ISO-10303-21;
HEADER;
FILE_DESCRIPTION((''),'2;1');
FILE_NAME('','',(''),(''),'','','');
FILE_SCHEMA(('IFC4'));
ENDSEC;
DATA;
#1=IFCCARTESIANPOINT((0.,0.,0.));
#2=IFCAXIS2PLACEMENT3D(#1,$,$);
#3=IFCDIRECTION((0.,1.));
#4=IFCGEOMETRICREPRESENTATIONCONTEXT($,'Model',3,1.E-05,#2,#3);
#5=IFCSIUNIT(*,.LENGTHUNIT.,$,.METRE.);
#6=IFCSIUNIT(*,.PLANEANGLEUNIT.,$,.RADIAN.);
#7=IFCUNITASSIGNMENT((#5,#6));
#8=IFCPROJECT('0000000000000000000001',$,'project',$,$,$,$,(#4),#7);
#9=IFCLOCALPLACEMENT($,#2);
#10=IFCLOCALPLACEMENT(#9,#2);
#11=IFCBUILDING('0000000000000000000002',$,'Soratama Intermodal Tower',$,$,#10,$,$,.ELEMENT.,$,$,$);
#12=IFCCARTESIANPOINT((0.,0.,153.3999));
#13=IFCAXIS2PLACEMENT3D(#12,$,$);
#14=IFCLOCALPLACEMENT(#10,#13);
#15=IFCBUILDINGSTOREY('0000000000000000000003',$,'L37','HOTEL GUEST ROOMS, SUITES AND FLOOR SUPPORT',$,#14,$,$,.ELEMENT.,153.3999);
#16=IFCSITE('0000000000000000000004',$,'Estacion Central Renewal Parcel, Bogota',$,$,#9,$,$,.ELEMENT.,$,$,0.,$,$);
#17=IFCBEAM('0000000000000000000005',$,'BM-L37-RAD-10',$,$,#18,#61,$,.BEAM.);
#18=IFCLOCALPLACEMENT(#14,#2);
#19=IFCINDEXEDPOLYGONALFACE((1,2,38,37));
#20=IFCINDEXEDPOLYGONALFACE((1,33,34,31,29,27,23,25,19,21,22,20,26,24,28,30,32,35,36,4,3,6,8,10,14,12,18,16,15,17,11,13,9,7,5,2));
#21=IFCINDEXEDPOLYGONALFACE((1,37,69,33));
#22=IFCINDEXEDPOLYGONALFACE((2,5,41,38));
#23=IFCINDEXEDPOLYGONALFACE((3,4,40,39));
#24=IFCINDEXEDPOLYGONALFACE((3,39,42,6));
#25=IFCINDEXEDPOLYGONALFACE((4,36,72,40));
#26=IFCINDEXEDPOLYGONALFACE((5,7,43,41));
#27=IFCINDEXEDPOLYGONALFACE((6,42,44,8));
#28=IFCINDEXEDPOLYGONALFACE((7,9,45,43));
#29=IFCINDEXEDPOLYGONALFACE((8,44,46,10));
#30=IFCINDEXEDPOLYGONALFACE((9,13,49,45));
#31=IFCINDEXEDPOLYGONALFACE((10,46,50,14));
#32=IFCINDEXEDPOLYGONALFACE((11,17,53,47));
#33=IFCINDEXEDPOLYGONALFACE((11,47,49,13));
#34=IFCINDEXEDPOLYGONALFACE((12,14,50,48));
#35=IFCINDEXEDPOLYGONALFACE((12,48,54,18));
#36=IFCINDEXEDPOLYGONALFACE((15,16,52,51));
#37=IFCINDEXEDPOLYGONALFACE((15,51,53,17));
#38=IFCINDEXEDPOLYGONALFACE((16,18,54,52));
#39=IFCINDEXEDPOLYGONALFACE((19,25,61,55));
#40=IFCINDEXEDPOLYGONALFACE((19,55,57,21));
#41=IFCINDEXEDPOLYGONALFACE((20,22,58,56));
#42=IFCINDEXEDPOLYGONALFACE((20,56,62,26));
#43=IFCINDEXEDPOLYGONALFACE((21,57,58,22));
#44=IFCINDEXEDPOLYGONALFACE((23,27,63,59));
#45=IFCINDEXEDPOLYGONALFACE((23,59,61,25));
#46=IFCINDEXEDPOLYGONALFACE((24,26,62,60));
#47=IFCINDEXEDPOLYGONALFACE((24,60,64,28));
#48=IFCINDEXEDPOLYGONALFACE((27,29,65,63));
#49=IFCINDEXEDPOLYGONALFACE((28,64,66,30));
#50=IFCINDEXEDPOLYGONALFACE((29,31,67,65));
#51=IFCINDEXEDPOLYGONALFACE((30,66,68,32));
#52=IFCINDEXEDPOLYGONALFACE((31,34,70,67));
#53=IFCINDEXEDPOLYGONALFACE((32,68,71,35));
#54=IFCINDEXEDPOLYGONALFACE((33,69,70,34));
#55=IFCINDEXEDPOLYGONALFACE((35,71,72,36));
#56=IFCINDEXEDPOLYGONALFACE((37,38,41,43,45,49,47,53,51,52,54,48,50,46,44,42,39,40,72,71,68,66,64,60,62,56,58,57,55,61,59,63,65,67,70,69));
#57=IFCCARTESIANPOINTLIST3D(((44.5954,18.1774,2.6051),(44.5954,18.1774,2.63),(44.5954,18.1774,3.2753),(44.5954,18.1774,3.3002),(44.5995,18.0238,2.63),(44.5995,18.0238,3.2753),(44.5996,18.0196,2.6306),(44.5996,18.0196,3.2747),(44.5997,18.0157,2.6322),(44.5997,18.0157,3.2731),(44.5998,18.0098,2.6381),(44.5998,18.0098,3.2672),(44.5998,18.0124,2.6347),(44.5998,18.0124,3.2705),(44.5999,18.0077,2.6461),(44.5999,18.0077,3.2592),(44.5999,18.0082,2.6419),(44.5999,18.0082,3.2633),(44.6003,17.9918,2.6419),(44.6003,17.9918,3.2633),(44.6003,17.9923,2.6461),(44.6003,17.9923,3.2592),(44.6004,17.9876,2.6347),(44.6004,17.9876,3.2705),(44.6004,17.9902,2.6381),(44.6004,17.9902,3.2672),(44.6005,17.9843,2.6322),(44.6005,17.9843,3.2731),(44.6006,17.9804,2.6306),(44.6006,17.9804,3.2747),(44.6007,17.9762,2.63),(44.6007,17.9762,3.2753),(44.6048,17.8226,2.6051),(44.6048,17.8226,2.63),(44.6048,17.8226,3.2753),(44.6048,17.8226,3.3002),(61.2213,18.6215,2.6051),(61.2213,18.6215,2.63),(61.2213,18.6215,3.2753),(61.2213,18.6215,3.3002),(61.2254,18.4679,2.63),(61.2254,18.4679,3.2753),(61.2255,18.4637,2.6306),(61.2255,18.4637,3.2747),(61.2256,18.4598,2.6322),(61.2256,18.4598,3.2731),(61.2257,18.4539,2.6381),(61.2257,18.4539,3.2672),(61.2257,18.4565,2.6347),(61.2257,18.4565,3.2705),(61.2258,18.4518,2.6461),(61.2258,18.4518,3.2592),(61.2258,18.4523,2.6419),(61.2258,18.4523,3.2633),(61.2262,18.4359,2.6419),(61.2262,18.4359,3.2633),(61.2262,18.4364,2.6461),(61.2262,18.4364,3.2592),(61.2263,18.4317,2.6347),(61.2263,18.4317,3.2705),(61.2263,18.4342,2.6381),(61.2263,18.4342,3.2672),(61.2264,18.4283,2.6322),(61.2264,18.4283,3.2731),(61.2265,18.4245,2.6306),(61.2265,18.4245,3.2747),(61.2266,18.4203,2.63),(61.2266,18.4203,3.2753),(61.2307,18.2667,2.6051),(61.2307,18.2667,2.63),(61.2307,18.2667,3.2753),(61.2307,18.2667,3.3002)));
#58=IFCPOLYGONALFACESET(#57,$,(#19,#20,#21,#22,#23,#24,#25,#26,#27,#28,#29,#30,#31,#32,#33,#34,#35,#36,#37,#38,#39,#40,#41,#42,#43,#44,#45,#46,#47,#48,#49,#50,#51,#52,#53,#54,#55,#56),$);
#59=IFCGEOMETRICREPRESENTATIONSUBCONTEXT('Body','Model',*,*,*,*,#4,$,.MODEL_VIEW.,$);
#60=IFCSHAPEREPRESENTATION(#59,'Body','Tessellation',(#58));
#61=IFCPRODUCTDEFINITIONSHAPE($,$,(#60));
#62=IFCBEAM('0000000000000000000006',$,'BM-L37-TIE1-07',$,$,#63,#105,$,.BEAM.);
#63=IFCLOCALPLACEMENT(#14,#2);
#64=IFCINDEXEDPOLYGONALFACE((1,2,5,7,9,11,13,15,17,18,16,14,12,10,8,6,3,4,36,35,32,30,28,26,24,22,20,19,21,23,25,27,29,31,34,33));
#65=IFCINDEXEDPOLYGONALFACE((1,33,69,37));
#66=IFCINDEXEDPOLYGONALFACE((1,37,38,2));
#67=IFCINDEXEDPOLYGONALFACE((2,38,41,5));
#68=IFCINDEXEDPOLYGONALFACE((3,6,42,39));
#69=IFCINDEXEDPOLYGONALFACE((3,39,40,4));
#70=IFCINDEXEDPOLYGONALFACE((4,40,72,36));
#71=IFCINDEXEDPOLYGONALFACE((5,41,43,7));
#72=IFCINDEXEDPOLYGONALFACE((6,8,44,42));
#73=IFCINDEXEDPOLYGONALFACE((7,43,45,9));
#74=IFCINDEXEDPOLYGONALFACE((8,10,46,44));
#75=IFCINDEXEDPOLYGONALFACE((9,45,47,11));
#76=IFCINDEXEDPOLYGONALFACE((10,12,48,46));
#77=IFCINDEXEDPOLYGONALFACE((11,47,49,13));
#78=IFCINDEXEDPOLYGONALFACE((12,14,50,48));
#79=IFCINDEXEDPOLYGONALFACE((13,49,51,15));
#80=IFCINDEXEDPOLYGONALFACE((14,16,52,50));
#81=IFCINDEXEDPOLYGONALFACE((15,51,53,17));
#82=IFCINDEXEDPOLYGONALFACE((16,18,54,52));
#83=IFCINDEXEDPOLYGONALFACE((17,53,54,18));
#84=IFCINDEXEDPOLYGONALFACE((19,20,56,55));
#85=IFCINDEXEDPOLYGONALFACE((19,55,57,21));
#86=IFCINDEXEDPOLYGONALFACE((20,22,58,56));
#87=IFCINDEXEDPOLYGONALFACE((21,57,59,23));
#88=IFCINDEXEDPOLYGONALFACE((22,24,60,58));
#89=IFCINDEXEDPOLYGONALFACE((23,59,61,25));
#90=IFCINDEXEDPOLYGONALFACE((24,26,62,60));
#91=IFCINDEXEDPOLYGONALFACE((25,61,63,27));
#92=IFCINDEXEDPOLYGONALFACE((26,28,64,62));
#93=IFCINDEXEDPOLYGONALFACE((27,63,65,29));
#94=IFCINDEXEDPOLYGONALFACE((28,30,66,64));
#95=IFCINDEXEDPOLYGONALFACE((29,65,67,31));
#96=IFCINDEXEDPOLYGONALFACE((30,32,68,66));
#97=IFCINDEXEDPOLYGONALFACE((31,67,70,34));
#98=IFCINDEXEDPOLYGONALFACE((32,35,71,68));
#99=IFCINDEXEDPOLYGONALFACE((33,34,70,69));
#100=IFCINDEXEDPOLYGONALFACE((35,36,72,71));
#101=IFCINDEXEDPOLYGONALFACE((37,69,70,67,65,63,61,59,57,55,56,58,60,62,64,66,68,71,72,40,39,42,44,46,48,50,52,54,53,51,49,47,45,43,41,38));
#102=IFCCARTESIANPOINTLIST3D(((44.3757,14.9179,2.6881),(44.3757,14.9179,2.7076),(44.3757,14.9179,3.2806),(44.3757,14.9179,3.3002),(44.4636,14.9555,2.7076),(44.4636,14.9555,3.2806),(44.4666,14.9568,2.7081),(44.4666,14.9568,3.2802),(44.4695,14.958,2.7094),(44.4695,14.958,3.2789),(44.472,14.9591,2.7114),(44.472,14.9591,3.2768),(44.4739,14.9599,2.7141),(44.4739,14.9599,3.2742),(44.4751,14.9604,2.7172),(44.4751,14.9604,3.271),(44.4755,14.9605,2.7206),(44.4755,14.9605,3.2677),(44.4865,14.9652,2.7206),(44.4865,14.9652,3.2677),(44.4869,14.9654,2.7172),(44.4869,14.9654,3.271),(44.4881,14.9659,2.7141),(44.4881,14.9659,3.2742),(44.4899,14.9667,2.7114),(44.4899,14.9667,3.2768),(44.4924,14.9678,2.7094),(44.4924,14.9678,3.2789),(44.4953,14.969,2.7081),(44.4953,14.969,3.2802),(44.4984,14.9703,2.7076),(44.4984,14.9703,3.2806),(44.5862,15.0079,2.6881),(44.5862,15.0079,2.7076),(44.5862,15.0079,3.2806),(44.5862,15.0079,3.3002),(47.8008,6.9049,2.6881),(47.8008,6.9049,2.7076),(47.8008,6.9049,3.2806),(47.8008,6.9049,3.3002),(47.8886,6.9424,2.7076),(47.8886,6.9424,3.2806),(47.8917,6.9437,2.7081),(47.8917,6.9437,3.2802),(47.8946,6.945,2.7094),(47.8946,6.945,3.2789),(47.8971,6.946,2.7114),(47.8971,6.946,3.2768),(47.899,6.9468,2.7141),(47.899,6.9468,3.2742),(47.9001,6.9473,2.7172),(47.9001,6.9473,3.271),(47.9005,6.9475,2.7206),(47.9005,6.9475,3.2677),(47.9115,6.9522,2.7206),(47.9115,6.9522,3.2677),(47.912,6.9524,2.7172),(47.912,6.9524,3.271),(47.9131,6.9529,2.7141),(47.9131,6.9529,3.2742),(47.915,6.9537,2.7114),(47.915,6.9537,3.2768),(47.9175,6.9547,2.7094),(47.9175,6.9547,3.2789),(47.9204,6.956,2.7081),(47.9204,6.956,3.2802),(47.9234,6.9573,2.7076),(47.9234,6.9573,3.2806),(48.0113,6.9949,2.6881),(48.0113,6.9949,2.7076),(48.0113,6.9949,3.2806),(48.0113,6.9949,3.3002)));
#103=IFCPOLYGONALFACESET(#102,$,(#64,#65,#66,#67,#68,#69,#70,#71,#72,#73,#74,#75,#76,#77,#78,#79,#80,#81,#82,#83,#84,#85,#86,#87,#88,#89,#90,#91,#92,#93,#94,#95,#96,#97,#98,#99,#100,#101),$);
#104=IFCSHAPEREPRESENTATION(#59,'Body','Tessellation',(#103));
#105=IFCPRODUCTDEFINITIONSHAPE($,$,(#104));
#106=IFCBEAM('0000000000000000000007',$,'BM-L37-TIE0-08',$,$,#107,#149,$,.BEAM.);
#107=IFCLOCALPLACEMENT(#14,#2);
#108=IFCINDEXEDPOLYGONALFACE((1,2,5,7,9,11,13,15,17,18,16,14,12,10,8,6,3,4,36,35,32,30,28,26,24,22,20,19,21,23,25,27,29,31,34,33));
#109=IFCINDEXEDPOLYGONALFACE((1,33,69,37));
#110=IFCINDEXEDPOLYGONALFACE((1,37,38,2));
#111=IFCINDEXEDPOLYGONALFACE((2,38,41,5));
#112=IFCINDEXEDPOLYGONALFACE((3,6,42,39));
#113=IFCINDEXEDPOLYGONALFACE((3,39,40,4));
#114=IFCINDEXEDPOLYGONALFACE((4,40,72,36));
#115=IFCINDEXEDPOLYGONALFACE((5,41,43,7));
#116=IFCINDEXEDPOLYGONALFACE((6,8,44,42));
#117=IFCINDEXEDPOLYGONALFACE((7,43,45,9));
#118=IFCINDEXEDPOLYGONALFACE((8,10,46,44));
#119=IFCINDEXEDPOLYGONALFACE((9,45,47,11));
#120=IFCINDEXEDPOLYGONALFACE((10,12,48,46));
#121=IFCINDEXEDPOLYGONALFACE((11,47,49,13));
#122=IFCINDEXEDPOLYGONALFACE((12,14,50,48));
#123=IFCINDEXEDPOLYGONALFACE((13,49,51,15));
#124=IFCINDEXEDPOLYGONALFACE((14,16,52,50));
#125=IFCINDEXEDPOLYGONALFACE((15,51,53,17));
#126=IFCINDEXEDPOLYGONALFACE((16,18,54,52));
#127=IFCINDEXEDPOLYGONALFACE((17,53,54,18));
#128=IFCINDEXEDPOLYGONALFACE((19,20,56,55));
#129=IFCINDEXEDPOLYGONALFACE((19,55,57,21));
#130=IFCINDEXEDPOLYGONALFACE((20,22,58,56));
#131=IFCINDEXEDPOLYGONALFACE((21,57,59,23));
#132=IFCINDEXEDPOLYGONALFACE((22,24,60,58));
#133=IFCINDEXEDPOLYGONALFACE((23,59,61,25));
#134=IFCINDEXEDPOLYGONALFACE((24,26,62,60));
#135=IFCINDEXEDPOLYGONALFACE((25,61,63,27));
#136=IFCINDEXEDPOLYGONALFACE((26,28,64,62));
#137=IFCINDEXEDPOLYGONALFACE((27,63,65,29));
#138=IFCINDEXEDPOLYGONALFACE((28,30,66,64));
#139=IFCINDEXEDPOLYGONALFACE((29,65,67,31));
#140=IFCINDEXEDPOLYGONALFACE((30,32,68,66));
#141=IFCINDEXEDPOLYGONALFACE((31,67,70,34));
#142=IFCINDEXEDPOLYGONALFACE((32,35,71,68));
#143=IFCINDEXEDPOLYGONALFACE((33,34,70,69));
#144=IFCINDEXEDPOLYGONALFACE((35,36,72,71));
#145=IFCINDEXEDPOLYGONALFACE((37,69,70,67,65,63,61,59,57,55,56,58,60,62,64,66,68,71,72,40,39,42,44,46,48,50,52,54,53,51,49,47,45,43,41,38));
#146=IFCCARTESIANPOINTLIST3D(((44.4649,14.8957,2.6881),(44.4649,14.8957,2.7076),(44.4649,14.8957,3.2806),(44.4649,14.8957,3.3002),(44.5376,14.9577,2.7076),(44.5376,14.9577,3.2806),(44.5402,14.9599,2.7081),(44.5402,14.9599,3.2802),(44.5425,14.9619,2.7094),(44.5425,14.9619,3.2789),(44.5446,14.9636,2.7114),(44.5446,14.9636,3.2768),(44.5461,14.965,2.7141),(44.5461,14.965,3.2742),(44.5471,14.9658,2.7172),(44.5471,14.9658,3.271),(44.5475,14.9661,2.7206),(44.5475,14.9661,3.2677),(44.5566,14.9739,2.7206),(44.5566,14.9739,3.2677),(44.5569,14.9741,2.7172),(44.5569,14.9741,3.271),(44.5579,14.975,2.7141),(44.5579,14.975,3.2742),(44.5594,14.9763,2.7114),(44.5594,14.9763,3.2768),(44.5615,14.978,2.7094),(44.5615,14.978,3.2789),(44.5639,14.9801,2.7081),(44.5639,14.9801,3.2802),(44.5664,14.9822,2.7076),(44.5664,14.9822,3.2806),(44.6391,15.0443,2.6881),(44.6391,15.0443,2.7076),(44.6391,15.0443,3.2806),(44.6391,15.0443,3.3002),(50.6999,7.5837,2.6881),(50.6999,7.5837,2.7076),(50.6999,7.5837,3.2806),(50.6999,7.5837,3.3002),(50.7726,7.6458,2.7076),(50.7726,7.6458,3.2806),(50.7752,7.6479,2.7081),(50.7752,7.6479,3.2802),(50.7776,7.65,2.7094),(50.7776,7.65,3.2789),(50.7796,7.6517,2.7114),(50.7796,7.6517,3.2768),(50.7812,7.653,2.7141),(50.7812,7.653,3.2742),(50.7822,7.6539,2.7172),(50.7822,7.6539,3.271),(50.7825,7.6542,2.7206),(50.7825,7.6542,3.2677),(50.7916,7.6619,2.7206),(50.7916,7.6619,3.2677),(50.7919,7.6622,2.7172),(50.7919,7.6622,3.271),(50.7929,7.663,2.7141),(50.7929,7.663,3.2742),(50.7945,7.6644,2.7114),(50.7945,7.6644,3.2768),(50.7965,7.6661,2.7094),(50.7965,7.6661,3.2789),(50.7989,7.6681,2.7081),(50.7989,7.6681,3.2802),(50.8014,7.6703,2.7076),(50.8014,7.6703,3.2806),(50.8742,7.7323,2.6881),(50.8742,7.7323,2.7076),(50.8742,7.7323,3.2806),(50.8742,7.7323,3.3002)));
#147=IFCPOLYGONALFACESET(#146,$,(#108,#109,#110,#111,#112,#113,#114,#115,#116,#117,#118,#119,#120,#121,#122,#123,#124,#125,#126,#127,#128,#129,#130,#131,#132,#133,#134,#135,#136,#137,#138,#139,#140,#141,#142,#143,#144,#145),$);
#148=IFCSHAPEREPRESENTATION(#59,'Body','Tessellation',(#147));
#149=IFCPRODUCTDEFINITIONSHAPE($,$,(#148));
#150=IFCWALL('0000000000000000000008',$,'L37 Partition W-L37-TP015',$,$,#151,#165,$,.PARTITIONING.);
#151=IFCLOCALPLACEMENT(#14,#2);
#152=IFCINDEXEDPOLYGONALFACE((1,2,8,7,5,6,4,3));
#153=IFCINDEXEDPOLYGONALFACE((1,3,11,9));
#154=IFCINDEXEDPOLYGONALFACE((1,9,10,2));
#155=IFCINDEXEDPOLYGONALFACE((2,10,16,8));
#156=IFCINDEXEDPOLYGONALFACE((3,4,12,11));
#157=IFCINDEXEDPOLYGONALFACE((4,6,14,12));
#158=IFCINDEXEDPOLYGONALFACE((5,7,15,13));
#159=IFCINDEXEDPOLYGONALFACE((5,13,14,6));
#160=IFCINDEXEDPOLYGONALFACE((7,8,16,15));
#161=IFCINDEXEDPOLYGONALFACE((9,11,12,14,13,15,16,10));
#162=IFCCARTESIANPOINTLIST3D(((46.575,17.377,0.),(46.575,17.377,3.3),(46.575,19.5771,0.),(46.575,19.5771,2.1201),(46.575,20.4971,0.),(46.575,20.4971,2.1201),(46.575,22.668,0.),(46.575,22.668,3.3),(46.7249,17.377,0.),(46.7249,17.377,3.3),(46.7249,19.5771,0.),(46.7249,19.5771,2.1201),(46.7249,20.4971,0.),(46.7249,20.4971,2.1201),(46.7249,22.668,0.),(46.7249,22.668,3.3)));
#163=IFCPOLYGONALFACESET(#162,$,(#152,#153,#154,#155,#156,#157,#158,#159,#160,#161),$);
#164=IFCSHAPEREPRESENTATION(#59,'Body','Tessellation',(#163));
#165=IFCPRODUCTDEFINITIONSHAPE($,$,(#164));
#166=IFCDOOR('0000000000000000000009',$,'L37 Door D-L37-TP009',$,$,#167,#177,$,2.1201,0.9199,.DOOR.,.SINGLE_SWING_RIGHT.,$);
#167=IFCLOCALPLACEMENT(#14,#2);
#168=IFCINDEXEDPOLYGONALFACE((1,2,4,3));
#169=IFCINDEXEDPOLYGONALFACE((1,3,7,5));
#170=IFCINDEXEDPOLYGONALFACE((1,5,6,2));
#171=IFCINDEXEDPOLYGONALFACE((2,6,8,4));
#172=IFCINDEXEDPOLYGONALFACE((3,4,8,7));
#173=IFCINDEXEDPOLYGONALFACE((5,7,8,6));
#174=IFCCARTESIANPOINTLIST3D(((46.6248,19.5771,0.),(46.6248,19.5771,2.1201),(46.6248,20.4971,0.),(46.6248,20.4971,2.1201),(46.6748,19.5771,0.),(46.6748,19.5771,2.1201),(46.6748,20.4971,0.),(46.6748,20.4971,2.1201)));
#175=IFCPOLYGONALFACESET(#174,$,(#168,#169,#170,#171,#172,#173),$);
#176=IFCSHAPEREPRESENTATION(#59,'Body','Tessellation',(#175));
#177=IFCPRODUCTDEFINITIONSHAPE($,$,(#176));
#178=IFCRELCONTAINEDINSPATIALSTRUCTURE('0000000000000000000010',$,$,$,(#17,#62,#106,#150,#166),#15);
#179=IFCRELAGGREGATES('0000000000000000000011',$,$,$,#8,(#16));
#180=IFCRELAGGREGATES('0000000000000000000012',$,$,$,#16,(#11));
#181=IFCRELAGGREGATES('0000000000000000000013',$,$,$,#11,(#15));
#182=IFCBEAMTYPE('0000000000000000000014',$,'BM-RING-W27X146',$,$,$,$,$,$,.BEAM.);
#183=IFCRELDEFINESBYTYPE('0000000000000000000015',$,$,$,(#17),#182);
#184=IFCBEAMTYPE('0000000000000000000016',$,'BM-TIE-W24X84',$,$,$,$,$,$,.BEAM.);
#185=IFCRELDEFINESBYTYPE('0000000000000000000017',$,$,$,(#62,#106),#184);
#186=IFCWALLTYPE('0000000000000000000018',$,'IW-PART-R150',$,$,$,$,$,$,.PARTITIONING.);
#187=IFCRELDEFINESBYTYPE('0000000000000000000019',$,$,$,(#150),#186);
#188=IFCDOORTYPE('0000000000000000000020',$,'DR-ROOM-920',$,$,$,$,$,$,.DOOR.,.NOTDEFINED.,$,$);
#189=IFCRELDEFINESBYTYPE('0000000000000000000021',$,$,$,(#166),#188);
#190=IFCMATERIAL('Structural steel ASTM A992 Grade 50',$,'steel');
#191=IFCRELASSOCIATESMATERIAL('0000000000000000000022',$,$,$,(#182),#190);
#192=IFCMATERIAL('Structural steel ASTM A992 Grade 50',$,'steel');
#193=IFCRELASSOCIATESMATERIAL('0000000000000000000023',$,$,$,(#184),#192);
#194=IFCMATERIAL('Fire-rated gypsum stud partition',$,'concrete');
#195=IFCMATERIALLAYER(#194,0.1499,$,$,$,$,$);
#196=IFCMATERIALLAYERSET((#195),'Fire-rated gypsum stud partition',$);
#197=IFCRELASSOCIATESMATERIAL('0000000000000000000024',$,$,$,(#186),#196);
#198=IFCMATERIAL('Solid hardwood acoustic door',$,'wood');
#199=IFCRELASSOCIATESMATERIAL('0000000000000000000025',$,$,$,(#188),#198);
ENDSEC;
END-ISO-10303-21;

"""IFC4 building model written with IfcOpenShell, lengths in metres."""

from ifc_helpers import new_model, si_unit, direction, frame, frame_2d, origin, origin_2d, place, context, subcontext, project, spatial, rectangle, i_section, extrude, material, layer, layer_set, material_profile, profile_set, type_object, element, fill, save


model = new_model("IFC4")

# Units and contexts
model_context = context("Model", 3, precision=1e-05, world=origin(), true_north=direction((0.0, 1.0)))
body_context = subcontext(model_context, "Body", "Model", "MODEL_VIEW")
ifc_project = project(units=[si_unit("LENGTHUNIT", "METRE"), si_unit("PLANEANGLEUNIT", "RADIAN")], contexts=[model_context])

# Site, building, storey
site_placement = place(None, origin())
site = spatial("IfcSite", under=ifc_project, at=site_placement, Name="Estacion Central Renewal Parcel, Bogota", CompositionType="ELEMENT", RefElevation=0.0)
building_placement = place(site_placement, origin())
building = spatial("IfcBuilding", under=site, at=building_placement, Name="Soratama Intermodal Tower", CompositionType="ELEMENT")
storey_placement = place(building_placement, frame((0.0, 0.0, 153.3999)))
storey = spatial("IfcBuildingStorey", under=building, at=storey_placement, Name="L37", Description="HOTEL GUEST ROOMS, SUITES AND FLOOR SUPPORT", CompositionType="ELEMENT", Elevation=153.3999)

# Beams
ifc_material_1 = material(Name="Structural steel ASTM A992 Grade 50", Category="steel")
ifc_material_profile_1 = material_profile(ifc_material_1, i_section(OverallWidth=0.355, OverallDepth=0.6951, WebThickness=0.0154, FlangeThickness=0.0249, FilletRadius=0.0161, at=origin_2d()), Name="W27X146")
ifc_profile_set_1 = profile_set([ifc_material_profile_1], Name="Structural steel ASTM A992 Grade 50")
beam_type_1 = type_object("IfcBeamType", Name="BM-RING-W27X146", PredefinedType="BEAM", material=ifc_profile_set_1)
beam_1_placement = place(storey_placement, frame((44.6001, 18.0, 2.9526), z_axis=(0.999643, 0.026701, 0.0), x_axis=(-0.026701, 0.999643, 0.0)))
element("IfcBeam", 1, at=beam_1_placement, inside=storey, type_object=beam_type_1, Name="BM-L37-RAD-10", PredefinedType="BEAM", context=body_context, shape_type="SweptSolid", body=[
    extrude(i_section(OverallWidth=0.355, OverallDepth=0.6951, WebThickness=0.0154, FlangeThickness=0.0249, FilletRadius=0.0161, at=origin_2d()), origin(), (0.0, 0.0, 1.0), 16.6318),
])
ifc_material_2 = material(Name="Structural steel ASTM A992 Grade 50", Category="steel")
ifc_material_profile_2 = material_profile(ifc_material_2, i_section(OverallWidth=0.229, OverallDepth=0.6121, WebThickness=0.012, FlangeThickness=0.0195, FilletRadius=0.0129, at=origin_2d()), Name="W24X84")
ifc_profile_set_2 = profile_set([ifc_material_profile_2], Name="Structural steel ASTM A992 Grade 50")
beam_type_2 = type_object("IfcBeamType", Name="BM-TIE-W24X84", PredefinedType="BEAM", material=ifc_profile_set_2)
beam_2_placement = place(storey_placement, frame((44.481, 14.9629, 2.9941), z_axis=(0.39304, -0.919521, 0.0), x_axis=(0.919521, 0.39304, 0.0)))
element("IfcBeam", 2, at=beam_2_placement, inside=storey, type_object=beam_type_2, Name="BM-L37-TIE1-07", PredefinedType="BEAM", context=body_context, shape_type="SweptSolid", body=[
    extrude(i_section(OverallWidth=0.229, OverallDepth=0.6121, WebThickness=0.012, FlangeThickness=0.0195, FilletRadius=0.0129, at=origin_2d()), origin(), (0.0, 0.0, 1.0), 8.7144),
])
beam_3_placement = place(storey_placement, frame((44.552, 14.97, 2.9941), z_axis=(0.64885, -0.760917, 0.0), x_axis=(0.760917, 0.64885, 0.0)))
element("IfcBeam", 3, at=beam_3_placement, inside=storey, type_object=beam_type_2, Name="BM-L37-TIE0-08", PredefinedType="BEAM", context=body_context, shape_type="SweptSolid", body=[
    extrude(i_section(OverallWidth=0.229, OverallDepth=0.6121, WebThickness=0.012, FlangeThickness=0.0195, FilletRadius=0.0129, at=origin_2d()), origin(), (0.0, 0.0, 1.0), 9.6094),
])

# Wall, opening, door
ifc_material_3 = material(Name="Fire-rated gypsum stud partition", Category="concrete")
ifc_layer_1 = layer(ifc_material_3, 0.1499)
ifc_layer_set_1 = layer_set([ifc_layer_1], Name="Fire-rated gypsum stud partition")
wall_type_1 = type_object("IfcWallType", Name="IW-PART-R150", PredefinedType="PARTITIONING", material=ifc_layer_set_1)
wall_1_placement = place(storey_placement, frame((46.6499, 22.668, 0.0), z_axis=(0.0, 0.0, 1.0), x_axis=(0.0, -1.0, 0.0)))
wall_1 = element("IfcWall", 4, at=wall_1_placement, inside=storey, type_object=wall_type_1, Name="L37 Partition W-L37-TP015", PredefinedType="PARTITIONING", context=body_context, shape_type="SweptSolid", body=[
    extrude(rectangle(XDim=5.291, YDim=0.1499, at=frame_2d((2.6455, 0.0))), origin(), (0.0, 0.0, 1.0), 3.3),
])
opening_1_placement = place(wall_1_placement, frame((2.1709, 0.0, 0.0)))
opening_1 = element("IfcOpeningElement", 5, at=opening_1_placement, cuts=wall_1, PredefinedType="OPENING", context=body_context, shape_type="SweptSolid", body=[
    extrude(rectangle(XDim=0.9199, YDim=2.1201, at=frame_2d((0.46, 1.0601))), frame((0.0, 0.085, 0.0), z_axis=(0.0, -1.0, 0.0), x_axis=(1.0, 0.0, 0.0)), (0.0, 0.0, 1.0), 0.1699),
])
ifc_material_4 = material(Name="Solid hardwood acoustic door", Category="wood")
door_type_1 = type_object("IfcDoorType", Name="DR-ROOM-920", OperationType="NOTDEFINED", PredefinedType="DOOR", material=ifc_material_4)
door_1_placement = place(opening_1_placement, origin())
door_1 = element("IfcDoor", 6, at=door_1_placement, inside=storey, type_object=door_type_1, Name="L37 Door D-L37-TP009", OperationType="SINGLE_SWING_RIGHT", OverallHeight=2.1201, OverallWidth=0.9199, PredefinedType="DOOR", context=body_context, shape_type="SweptSolid", body=[
    extrude(rectangle(XDim=0.9199, YDim=2.1201, at=frame_2d((0.46, 1.0601))), frame((0.0, 0.0249, 0.0), z_axis=(0.0, -1.0, 0.0), x_axis=(1.0, 0.0, 0.0)), (0.0, 0.0, 1.0), 0.05),
])
fill(opening_1, door_1)

save(model, "model.ifc")
